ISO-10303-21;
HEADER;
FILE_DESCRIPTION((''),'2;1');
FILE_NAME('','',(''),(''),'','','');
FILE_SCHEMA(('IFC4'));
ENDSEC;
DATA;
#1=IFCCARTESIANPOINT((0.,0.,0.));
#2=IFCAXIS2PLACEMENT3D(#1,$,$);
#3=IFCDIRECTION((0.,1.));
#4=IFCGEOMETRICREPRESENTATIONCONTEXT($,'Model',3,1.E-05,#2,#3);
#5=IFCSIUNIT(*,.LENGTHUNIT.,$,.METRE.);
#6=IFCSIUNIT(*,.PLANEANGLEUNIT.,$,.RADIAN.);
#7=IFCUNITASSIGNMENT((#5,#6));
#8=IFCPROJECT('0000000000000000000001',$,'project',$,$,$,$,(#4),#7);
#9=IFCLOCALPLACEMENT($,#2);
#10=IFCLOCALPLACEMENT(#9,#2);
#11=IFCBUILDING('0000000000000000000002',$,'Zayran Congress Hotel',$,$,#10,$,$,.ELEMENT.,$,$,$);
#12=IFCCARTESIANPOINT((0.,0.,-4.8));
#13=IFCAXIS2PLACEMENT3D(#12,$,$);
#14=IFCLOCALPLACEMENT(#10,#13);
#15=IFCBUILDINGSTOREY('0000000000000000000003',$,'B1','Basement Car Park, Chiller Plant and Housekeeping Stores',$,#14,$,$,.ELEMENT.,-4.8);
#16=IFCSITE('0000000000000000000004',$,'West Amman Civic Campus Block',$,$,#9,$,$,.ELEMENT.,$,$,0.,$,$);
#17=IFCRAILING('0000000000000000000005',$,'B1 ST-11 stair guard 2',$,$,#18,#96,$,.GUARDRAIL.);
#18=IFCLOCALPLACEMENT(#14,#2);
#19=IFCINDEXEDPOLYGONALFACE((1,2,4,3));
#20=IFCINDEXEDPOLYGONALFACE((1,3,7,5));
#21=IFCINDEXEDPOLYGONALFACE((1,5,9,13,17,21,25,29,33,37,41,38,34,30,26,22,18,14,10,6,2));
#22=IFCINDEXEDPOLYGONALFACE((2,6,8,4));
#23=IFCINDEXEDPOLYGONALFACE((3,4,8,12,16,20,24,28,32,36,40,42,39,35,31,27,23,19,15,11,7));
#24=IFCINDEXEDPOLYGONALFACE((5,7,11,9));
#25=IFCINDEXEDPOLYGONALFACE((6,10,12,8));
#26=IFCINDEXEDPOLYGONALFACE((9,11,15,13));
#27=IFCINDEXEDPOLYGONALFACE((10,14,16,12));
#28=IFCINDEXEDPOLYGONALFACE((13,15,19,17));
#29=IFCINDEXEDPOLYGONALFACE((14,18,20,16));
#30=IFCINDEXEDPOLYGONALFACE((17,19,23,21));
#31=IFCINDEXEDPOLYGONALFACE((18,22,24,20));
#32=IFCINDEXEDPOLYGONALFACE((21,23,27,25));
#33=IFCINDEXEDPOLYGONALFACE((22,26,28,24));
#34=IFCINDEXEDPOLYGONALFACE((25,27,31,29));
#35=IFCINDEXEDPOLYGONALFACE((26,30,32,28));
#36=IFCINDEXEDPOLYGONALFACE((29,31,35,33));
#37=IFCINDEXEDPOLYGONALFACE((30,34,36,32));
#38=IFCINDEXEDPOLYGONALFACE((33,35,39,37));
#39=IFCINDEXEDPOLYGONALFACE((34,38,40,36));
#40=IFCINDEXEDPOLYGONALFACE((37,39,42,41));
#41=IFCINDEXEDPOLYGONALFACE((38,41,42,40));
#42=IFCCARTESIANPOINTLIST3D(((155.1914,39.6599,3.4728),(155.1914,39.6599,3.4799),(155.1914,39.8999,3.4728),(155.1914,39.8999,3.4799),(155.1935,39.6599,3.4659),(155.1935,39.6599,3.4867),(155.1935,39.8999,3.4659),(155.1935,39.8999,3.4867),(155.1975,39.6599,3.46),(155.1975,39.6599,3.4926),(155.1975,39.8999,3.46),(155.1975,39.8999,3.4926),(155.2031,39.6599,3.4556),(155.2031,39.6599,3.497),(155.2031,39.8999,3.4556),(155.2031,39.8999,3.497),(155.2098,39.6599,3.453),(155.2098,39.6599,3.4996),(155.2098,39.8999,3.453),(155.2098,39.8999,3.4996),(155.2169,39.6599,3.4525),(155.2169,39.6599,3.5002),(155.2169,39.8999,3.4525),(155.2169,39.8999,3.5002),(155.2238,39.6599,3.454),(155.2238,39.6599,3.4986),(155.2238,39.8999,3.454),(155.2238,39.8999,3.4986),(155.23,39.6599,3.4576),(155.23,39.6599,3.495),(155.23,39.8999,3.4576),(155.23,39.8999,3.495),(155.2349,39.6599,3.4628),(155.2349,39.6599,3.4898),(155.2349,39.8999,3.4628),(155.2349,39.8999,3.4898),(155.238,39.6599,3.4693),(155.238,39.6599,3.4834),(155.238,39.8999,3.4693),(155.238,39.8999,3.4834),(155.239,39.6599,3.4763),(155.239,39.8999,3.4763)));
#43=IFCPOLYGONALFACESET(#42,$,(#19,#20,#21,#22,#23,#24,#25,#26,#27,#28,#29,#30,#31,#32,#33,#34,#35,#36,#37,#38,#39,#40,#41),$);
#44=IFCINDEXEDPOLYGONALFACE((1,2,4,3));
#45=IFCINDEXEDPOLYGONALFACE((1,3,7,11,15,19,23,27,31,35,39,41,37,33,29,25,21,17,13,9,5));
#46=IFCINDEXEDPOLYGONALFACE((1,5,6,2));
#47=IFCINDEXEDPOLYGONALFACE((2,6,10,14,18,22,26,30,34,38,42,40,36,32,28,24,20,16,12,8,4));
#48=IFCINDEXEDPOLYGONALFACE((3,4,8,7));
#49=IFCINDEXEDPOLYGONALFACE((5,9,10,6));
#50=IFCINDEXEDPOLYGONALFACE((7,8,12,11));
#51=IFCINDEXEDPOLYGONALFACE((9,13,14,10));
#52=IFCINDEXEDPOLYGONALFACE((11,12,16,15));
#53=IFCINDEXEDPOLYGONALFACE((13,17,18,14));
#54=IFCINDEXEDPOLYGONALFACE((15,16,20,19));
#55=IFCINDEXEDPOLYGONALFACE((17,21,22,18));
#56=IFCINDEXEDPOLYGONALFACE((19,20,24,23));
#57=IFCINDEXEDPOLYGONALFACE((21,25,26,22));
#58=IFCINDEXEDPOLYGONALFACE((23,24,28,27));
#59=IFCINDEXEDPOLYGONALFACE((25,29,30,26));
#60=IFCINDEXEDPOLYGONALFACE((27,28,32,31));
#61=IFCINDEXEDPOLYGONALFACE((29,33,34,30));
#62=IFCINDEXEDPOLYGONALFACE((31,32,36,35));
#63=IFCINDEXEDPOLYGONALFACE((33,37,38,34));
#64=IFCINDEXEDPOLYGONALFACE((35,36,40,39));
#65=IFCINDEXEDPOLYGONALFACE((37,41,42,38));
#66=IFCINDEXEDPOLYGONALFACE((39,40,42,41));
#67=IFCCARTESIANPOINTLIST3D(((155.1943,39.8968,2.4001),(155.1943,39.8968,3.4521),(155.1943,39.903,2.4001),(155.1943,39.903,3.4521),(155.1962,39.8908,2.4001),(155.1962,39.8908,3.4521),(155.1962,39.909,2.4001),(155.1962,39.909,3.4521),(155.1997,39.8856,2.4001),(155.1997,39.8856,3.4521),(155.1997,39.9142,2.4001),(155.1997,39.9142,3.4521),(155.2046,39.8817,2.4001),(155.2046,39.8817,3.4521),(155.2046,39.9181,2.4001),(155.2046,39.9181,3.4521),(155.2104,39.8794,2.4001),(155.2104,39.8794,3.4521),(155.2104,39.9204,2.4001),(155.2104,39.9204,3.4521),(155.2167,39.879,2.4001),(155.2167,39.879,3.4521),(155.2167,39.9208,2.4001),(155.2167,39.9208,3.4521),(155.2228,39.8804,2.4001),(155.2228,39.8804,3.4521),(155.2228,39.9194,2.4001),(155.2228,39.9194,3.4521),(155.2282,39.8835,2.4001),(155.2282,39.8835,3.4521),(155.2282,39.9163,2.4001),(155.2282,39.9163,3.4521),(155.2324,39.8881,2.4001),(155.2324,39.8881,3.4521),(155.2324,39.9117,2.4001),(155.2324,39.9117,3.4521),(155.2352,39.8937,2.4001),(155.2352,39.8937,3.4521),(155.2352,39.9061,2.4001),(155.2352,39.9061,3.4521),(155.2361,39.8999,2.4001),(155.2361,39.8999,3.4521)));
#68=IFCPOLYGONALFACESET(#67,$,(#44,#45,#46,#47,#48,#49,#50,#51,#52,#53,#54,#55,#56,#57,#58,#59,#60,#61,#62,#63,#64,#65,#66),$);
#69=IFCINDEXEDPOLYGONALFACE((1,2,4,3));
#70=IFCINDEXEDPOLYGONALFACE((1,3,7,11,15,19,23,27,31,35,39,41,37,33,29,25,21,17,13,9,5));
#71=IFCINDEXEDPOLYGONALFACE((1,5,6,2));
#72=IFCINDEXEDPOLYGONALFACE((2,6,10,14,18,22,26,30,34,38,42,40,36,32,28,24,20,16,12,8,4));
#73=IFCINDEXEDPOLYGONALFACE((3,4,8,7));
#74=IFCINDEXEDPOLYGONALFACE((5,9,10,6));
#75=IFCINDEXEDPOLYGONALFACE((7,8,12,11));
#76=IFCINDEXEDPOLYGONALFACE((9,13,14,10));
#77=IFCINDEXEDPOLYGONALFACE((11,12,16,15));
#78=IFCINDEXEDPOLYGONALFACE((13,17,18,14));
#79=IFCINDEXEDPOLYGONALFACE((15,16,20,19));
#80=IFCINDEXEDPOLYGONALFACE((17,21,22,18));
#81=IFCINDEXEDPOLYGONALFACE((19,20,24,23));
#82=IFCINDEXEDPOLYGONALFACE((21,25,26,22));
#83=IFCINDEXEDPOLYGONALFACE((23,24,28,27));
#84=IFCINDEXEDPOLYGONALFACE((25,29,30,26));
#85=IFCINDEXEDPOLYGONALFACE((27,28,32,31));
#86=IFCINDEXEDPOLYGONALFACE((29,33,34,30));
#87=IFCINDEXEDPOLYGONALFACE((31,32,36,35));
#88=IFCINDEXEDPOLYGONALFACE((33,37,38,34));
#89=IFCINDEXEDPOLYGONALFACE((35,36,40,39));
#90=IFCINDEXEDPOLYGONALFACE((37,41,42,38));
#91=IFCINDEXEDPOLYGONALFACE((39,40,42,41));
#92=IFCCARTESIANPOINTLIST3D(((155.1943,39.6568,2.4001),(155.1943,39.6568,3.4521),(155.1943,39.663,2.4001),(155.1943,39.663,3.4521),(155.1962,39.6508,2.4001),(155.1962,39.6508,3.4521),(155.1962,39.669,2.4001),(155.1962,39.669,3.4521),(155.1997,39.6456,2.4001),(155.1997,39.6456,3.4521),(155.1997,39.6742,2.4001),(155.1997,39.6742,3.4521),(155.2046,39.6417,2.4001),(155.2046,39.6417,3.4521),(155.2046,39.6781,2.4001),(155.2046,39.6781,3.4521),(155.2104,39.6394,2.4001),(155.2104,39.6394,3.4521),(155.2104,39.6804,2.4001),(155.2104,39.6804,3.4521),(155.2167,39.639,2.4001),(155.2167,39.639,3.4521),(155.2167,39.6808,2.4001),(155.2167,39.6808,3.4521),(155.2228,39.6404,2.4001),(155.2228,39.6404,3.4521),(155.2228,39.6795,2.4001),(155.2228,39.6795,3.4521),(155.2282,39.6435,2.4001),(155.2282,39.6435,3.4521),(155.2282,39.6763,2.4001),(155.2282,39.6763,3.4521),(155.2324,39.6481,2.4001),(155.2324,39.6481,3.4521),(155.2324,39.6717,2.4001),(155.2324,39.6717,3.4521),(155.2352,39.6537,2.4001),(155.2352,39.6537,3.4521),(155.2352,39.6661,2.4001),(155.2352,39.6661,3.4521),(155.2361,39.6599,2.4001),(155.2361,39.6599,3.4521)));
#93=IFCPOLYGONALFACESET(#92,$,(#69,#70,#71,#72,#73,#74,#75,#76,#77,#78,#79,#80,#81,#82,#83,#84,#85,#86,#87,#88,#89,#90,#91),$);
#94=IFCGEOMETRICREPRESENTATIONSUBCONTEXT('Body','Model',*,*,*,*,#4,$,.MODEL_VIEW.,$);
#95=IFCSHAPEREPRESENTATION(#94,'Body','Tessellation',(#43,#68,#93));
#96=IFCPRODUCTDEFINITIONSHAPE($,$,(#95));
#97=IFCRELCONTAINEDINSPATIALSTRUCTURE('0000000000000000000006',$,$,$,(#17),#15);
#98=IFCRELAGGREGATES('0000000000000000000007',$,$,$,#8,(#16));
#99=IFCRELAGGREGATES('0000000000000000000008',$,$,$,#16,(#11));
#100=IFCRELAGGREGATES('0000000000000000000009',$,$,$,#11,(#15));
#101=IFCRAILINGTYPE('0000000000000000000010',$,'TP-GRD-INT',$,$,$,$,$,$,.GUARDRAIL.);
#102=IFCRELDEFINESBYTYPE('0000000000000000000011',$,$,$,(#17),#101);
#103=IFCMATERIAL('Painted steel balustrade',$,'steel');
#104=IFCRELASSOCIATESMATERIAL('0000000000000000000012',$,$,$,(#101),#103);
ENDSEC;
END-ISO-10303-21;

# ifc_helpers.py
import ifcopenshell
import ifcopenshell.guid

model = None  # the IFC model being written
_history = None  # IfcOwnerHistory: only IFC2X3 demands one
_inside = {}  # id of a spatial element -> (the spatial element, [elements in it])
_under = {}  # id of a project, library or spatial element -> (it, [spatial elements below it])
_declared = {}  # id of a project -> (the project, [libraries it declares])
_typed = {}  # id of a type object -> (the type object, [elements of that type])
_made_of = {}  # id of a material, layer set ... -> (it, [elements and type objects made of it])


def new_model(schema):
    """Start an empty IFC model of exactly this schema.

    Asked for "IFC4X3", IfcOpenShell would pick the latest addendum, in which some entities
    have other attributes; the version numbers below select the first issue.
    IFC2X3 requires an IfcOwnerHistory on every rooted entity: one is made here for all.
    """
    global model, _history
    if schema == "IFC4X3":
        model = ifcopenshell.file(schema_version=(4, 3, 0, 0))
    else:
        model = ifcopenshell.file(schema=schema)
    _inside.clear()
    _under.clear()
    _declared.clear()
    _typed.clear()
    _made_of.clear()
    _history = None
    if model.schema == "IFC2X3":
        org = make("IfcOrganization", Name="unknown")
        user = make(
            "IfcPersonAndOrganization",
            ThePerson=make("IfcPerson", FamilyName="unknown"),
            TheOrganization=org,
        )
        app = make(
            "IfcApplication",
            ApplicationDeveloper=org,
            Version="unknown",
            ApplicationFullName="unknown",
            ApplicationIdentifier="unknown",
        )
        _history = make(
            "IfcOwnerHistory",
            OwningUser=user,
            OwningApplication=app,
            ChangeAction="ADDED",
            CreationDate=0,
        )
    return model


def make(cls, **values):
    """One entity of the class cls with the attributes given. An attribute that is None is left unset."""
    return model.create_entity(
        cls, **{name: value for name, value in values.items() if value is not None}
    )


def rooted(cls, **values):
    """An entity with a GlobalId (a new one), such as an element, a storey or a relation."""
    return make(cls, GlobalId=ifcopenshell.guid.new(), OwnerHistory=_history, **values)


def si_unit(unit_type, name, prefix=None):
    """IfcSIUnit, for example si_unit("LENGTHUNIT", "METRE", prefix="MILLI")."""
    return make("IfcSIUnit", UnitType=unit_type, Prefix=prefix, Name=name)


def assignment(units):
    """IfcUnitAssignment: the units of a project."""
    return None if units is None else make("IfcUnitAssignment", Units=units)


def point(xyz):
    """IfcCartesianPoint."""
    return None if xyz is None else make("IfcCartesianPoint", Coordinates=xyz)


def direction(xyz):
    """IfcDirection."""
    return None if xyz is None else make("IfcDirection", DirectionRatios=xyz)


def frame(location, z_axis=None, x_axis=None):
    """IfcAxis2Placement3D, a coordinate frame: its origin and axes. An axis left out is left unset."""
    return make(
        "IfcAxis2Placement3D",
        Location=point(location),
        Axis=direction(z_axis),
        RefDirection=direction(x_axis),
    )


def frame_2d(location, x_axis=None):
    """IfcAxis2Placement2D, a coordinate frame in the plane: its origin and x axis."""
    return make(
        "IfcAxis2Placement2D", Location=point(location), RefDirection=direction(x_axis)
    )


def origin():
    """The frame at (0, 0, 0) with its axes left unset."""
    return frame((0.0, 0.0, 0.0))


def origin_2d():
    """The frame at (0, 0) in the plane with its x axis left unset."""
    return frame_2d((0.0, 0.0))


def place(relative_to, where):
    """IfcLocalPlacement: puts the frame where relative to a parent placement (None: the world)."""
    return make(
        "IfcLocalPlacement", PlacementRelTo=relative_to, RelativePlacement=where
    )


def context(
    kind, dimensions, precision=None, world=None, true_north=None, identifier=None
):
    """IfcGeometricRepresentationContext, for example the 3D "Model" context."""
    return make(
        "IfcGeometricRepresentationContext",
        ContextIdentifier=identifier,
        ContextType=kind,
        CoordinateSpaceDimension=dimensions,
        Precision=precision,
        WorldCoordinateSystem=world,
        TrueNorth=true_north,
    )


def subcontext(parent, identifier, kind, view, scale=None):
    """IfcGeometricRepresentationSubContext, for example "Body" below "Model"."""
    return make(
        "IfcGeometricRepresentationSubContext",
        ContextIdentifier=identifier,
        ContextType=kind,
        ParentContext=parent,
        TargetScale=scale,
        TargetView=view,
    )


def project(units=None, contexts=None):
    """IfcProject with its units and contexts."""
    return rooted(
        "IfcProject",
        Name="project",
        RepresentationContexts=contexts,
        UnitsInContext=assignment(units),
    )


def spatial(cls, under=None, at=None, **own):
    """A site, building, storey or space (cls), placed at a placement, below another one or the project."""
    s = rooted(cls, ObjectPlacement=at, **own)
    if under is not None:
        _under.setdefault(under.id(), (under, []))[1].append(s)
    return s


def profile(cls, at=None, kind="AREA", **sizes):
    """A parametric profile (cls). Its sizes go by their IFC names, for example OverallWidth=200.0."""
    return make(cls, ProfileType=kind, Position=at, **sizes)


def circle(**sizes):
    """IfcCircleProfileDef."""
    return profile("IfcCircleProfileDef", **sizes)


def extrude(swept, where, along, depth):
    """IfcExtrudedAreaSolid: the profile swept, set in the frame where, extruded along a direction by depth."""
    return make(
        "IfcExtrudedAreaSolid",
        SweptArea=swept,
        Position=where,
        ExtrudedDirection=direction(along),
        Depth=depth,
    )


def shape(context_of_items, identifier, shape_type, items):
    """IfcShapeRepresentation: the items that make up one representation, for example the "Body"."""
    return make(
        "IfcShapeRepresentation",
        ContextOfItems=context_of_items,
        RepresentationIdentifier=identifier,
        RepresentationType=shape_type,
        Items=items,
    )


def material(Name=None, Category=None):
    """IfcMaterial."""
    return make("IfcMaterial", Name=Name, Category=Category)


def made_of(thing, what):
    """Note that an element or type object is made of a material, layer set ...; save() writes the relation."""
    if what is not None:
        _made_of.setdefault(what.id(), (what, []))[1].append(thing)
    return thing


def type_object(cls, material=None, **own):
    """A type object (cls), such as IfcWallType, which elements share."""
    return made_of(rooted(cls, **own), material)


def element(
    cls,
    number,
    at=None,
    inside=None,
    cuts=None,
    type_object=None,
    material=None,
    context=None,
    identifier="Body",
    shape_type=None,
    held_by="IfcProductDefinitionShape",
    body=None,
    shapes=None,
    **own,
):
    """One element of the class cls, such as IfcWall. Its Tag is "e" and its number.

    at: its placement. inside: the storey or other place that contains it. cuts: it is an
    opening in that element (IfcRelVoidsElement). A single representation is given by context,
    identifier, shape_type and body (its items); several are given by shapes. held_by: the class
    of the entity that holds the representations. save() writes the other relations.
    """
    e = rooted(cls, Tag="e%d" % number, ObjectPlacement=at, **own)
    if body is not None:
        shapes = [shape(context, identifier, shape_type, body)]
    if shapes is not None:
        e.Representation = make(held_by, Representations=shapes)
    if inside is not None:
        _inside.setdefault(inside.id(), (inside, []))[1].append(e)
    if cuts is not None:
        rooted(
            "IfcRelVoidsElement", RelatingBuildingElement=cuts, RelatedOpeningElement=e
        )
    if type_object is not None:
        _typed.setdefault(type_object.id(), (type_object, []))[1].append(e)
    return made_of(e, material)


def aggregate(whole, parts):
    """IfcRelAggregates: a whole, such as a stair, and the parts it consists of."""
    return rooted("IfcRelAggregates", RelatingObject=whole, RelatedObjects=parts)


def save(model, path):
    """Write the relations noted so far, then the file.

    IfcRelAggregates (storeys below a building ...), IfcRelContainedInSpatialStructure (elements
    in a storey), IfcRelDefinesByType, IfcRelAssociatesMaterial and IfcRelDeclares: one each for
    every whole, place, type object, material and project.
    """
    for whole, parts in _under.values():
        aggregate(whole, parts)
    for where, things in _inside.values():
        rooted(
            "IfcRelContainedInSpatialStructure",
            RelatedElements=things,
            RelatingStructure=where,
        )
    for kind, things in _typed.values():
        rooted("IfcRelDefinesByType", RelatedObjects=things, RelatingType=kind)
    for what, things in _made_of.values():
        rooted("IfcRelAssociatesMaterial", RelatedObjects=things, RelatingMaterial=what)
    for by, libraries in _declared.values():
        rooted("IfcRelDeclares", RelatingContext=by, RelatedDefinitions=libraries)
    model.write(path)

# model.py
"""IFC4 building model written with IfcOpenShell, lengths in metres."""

from ifc_helpers import new_model, si_unit, direction, frame, origin, origin_2d, place, context, subcontext, project, spatial, circle, extrude, material, type_object, element, save


model = new_model("IFC4")

# Units and contexts
model_context = context("Model", 3, precision=1e-05, world=origin(), true_north=direction((0.0, 1.0)))
body_context = subcontext(model_context, "Body", "Model", "MODEL_VIEW")
ifc_project = project(units=[si_unit("LENGTHUNIT", "METRE"), si_unit("PLANEANGLEUNIT", "RADIAN")], contexts=[model_context])

# Site, building, storey
site_placement = place(None, origin())
site = spatial("IfcSite", under=ifc_project, at=site_placement, Name="West Amman Civic Campus Block", CompositionType="ELEMENT", RefElevation=0.0)
building_placement = place(site_placement, origin())
building = spatial("IfcBuilding", under=site, at=building_placement, Name="Zayran Congress Hotel", CompositionType="ELEMENT")
storey_placement = place(building_placement, frame((0.0, 0.0, -4.8)))
storey = spatial("IfcBuildingStorey", under=building, at=storey_placement, Name="B1", Description="Basement Car Park, Chiller Plant and Housekeeping Stores", CompositionType="ELEMENT", Elevation=-4.8)

# Railing
ifc_material_1 = material(Name="Painted steel balustrade", Category="steel")
railing_type_1 = type_object("IfcRailingType", Name="TP-GRD-INT", PredefinedType="GUARDRAIL", material=ifc_material_1)
railing_1_placement = place(storey_placement, frame((155.2151, 39.8999, 2.4001)))
element("IfcRailing", 1, at=railing_1_placement, inside=storey, type_object=railing_type_1, Name="B1 ST-11 stair guard 2", PredefinedType="GUARDRAIL", context=body_context, shape_type="SweptSolid", body=[
    extrude(circle(Radius=0.0239, at=origin_2d()), frame((0.0, 0.0, 1.0762), z_axis=(0.0, -1.0, 0.0), x_axis=(1.0, 0.0, 0.0)), (0.0, 0.0, 1.0), 0.24),
    extrude(circle(Radius=0.021, at=origin_2d()), origin(), (0.0, 0.0, 1.0), 1.052),
    extrude(circle(Radius=0.021, at=origin_2d()), frame((0.0, -0.24, 0.0)), (0.0, 0.0, 1.0), 1.052),
])

save(model, "model.ifc")
